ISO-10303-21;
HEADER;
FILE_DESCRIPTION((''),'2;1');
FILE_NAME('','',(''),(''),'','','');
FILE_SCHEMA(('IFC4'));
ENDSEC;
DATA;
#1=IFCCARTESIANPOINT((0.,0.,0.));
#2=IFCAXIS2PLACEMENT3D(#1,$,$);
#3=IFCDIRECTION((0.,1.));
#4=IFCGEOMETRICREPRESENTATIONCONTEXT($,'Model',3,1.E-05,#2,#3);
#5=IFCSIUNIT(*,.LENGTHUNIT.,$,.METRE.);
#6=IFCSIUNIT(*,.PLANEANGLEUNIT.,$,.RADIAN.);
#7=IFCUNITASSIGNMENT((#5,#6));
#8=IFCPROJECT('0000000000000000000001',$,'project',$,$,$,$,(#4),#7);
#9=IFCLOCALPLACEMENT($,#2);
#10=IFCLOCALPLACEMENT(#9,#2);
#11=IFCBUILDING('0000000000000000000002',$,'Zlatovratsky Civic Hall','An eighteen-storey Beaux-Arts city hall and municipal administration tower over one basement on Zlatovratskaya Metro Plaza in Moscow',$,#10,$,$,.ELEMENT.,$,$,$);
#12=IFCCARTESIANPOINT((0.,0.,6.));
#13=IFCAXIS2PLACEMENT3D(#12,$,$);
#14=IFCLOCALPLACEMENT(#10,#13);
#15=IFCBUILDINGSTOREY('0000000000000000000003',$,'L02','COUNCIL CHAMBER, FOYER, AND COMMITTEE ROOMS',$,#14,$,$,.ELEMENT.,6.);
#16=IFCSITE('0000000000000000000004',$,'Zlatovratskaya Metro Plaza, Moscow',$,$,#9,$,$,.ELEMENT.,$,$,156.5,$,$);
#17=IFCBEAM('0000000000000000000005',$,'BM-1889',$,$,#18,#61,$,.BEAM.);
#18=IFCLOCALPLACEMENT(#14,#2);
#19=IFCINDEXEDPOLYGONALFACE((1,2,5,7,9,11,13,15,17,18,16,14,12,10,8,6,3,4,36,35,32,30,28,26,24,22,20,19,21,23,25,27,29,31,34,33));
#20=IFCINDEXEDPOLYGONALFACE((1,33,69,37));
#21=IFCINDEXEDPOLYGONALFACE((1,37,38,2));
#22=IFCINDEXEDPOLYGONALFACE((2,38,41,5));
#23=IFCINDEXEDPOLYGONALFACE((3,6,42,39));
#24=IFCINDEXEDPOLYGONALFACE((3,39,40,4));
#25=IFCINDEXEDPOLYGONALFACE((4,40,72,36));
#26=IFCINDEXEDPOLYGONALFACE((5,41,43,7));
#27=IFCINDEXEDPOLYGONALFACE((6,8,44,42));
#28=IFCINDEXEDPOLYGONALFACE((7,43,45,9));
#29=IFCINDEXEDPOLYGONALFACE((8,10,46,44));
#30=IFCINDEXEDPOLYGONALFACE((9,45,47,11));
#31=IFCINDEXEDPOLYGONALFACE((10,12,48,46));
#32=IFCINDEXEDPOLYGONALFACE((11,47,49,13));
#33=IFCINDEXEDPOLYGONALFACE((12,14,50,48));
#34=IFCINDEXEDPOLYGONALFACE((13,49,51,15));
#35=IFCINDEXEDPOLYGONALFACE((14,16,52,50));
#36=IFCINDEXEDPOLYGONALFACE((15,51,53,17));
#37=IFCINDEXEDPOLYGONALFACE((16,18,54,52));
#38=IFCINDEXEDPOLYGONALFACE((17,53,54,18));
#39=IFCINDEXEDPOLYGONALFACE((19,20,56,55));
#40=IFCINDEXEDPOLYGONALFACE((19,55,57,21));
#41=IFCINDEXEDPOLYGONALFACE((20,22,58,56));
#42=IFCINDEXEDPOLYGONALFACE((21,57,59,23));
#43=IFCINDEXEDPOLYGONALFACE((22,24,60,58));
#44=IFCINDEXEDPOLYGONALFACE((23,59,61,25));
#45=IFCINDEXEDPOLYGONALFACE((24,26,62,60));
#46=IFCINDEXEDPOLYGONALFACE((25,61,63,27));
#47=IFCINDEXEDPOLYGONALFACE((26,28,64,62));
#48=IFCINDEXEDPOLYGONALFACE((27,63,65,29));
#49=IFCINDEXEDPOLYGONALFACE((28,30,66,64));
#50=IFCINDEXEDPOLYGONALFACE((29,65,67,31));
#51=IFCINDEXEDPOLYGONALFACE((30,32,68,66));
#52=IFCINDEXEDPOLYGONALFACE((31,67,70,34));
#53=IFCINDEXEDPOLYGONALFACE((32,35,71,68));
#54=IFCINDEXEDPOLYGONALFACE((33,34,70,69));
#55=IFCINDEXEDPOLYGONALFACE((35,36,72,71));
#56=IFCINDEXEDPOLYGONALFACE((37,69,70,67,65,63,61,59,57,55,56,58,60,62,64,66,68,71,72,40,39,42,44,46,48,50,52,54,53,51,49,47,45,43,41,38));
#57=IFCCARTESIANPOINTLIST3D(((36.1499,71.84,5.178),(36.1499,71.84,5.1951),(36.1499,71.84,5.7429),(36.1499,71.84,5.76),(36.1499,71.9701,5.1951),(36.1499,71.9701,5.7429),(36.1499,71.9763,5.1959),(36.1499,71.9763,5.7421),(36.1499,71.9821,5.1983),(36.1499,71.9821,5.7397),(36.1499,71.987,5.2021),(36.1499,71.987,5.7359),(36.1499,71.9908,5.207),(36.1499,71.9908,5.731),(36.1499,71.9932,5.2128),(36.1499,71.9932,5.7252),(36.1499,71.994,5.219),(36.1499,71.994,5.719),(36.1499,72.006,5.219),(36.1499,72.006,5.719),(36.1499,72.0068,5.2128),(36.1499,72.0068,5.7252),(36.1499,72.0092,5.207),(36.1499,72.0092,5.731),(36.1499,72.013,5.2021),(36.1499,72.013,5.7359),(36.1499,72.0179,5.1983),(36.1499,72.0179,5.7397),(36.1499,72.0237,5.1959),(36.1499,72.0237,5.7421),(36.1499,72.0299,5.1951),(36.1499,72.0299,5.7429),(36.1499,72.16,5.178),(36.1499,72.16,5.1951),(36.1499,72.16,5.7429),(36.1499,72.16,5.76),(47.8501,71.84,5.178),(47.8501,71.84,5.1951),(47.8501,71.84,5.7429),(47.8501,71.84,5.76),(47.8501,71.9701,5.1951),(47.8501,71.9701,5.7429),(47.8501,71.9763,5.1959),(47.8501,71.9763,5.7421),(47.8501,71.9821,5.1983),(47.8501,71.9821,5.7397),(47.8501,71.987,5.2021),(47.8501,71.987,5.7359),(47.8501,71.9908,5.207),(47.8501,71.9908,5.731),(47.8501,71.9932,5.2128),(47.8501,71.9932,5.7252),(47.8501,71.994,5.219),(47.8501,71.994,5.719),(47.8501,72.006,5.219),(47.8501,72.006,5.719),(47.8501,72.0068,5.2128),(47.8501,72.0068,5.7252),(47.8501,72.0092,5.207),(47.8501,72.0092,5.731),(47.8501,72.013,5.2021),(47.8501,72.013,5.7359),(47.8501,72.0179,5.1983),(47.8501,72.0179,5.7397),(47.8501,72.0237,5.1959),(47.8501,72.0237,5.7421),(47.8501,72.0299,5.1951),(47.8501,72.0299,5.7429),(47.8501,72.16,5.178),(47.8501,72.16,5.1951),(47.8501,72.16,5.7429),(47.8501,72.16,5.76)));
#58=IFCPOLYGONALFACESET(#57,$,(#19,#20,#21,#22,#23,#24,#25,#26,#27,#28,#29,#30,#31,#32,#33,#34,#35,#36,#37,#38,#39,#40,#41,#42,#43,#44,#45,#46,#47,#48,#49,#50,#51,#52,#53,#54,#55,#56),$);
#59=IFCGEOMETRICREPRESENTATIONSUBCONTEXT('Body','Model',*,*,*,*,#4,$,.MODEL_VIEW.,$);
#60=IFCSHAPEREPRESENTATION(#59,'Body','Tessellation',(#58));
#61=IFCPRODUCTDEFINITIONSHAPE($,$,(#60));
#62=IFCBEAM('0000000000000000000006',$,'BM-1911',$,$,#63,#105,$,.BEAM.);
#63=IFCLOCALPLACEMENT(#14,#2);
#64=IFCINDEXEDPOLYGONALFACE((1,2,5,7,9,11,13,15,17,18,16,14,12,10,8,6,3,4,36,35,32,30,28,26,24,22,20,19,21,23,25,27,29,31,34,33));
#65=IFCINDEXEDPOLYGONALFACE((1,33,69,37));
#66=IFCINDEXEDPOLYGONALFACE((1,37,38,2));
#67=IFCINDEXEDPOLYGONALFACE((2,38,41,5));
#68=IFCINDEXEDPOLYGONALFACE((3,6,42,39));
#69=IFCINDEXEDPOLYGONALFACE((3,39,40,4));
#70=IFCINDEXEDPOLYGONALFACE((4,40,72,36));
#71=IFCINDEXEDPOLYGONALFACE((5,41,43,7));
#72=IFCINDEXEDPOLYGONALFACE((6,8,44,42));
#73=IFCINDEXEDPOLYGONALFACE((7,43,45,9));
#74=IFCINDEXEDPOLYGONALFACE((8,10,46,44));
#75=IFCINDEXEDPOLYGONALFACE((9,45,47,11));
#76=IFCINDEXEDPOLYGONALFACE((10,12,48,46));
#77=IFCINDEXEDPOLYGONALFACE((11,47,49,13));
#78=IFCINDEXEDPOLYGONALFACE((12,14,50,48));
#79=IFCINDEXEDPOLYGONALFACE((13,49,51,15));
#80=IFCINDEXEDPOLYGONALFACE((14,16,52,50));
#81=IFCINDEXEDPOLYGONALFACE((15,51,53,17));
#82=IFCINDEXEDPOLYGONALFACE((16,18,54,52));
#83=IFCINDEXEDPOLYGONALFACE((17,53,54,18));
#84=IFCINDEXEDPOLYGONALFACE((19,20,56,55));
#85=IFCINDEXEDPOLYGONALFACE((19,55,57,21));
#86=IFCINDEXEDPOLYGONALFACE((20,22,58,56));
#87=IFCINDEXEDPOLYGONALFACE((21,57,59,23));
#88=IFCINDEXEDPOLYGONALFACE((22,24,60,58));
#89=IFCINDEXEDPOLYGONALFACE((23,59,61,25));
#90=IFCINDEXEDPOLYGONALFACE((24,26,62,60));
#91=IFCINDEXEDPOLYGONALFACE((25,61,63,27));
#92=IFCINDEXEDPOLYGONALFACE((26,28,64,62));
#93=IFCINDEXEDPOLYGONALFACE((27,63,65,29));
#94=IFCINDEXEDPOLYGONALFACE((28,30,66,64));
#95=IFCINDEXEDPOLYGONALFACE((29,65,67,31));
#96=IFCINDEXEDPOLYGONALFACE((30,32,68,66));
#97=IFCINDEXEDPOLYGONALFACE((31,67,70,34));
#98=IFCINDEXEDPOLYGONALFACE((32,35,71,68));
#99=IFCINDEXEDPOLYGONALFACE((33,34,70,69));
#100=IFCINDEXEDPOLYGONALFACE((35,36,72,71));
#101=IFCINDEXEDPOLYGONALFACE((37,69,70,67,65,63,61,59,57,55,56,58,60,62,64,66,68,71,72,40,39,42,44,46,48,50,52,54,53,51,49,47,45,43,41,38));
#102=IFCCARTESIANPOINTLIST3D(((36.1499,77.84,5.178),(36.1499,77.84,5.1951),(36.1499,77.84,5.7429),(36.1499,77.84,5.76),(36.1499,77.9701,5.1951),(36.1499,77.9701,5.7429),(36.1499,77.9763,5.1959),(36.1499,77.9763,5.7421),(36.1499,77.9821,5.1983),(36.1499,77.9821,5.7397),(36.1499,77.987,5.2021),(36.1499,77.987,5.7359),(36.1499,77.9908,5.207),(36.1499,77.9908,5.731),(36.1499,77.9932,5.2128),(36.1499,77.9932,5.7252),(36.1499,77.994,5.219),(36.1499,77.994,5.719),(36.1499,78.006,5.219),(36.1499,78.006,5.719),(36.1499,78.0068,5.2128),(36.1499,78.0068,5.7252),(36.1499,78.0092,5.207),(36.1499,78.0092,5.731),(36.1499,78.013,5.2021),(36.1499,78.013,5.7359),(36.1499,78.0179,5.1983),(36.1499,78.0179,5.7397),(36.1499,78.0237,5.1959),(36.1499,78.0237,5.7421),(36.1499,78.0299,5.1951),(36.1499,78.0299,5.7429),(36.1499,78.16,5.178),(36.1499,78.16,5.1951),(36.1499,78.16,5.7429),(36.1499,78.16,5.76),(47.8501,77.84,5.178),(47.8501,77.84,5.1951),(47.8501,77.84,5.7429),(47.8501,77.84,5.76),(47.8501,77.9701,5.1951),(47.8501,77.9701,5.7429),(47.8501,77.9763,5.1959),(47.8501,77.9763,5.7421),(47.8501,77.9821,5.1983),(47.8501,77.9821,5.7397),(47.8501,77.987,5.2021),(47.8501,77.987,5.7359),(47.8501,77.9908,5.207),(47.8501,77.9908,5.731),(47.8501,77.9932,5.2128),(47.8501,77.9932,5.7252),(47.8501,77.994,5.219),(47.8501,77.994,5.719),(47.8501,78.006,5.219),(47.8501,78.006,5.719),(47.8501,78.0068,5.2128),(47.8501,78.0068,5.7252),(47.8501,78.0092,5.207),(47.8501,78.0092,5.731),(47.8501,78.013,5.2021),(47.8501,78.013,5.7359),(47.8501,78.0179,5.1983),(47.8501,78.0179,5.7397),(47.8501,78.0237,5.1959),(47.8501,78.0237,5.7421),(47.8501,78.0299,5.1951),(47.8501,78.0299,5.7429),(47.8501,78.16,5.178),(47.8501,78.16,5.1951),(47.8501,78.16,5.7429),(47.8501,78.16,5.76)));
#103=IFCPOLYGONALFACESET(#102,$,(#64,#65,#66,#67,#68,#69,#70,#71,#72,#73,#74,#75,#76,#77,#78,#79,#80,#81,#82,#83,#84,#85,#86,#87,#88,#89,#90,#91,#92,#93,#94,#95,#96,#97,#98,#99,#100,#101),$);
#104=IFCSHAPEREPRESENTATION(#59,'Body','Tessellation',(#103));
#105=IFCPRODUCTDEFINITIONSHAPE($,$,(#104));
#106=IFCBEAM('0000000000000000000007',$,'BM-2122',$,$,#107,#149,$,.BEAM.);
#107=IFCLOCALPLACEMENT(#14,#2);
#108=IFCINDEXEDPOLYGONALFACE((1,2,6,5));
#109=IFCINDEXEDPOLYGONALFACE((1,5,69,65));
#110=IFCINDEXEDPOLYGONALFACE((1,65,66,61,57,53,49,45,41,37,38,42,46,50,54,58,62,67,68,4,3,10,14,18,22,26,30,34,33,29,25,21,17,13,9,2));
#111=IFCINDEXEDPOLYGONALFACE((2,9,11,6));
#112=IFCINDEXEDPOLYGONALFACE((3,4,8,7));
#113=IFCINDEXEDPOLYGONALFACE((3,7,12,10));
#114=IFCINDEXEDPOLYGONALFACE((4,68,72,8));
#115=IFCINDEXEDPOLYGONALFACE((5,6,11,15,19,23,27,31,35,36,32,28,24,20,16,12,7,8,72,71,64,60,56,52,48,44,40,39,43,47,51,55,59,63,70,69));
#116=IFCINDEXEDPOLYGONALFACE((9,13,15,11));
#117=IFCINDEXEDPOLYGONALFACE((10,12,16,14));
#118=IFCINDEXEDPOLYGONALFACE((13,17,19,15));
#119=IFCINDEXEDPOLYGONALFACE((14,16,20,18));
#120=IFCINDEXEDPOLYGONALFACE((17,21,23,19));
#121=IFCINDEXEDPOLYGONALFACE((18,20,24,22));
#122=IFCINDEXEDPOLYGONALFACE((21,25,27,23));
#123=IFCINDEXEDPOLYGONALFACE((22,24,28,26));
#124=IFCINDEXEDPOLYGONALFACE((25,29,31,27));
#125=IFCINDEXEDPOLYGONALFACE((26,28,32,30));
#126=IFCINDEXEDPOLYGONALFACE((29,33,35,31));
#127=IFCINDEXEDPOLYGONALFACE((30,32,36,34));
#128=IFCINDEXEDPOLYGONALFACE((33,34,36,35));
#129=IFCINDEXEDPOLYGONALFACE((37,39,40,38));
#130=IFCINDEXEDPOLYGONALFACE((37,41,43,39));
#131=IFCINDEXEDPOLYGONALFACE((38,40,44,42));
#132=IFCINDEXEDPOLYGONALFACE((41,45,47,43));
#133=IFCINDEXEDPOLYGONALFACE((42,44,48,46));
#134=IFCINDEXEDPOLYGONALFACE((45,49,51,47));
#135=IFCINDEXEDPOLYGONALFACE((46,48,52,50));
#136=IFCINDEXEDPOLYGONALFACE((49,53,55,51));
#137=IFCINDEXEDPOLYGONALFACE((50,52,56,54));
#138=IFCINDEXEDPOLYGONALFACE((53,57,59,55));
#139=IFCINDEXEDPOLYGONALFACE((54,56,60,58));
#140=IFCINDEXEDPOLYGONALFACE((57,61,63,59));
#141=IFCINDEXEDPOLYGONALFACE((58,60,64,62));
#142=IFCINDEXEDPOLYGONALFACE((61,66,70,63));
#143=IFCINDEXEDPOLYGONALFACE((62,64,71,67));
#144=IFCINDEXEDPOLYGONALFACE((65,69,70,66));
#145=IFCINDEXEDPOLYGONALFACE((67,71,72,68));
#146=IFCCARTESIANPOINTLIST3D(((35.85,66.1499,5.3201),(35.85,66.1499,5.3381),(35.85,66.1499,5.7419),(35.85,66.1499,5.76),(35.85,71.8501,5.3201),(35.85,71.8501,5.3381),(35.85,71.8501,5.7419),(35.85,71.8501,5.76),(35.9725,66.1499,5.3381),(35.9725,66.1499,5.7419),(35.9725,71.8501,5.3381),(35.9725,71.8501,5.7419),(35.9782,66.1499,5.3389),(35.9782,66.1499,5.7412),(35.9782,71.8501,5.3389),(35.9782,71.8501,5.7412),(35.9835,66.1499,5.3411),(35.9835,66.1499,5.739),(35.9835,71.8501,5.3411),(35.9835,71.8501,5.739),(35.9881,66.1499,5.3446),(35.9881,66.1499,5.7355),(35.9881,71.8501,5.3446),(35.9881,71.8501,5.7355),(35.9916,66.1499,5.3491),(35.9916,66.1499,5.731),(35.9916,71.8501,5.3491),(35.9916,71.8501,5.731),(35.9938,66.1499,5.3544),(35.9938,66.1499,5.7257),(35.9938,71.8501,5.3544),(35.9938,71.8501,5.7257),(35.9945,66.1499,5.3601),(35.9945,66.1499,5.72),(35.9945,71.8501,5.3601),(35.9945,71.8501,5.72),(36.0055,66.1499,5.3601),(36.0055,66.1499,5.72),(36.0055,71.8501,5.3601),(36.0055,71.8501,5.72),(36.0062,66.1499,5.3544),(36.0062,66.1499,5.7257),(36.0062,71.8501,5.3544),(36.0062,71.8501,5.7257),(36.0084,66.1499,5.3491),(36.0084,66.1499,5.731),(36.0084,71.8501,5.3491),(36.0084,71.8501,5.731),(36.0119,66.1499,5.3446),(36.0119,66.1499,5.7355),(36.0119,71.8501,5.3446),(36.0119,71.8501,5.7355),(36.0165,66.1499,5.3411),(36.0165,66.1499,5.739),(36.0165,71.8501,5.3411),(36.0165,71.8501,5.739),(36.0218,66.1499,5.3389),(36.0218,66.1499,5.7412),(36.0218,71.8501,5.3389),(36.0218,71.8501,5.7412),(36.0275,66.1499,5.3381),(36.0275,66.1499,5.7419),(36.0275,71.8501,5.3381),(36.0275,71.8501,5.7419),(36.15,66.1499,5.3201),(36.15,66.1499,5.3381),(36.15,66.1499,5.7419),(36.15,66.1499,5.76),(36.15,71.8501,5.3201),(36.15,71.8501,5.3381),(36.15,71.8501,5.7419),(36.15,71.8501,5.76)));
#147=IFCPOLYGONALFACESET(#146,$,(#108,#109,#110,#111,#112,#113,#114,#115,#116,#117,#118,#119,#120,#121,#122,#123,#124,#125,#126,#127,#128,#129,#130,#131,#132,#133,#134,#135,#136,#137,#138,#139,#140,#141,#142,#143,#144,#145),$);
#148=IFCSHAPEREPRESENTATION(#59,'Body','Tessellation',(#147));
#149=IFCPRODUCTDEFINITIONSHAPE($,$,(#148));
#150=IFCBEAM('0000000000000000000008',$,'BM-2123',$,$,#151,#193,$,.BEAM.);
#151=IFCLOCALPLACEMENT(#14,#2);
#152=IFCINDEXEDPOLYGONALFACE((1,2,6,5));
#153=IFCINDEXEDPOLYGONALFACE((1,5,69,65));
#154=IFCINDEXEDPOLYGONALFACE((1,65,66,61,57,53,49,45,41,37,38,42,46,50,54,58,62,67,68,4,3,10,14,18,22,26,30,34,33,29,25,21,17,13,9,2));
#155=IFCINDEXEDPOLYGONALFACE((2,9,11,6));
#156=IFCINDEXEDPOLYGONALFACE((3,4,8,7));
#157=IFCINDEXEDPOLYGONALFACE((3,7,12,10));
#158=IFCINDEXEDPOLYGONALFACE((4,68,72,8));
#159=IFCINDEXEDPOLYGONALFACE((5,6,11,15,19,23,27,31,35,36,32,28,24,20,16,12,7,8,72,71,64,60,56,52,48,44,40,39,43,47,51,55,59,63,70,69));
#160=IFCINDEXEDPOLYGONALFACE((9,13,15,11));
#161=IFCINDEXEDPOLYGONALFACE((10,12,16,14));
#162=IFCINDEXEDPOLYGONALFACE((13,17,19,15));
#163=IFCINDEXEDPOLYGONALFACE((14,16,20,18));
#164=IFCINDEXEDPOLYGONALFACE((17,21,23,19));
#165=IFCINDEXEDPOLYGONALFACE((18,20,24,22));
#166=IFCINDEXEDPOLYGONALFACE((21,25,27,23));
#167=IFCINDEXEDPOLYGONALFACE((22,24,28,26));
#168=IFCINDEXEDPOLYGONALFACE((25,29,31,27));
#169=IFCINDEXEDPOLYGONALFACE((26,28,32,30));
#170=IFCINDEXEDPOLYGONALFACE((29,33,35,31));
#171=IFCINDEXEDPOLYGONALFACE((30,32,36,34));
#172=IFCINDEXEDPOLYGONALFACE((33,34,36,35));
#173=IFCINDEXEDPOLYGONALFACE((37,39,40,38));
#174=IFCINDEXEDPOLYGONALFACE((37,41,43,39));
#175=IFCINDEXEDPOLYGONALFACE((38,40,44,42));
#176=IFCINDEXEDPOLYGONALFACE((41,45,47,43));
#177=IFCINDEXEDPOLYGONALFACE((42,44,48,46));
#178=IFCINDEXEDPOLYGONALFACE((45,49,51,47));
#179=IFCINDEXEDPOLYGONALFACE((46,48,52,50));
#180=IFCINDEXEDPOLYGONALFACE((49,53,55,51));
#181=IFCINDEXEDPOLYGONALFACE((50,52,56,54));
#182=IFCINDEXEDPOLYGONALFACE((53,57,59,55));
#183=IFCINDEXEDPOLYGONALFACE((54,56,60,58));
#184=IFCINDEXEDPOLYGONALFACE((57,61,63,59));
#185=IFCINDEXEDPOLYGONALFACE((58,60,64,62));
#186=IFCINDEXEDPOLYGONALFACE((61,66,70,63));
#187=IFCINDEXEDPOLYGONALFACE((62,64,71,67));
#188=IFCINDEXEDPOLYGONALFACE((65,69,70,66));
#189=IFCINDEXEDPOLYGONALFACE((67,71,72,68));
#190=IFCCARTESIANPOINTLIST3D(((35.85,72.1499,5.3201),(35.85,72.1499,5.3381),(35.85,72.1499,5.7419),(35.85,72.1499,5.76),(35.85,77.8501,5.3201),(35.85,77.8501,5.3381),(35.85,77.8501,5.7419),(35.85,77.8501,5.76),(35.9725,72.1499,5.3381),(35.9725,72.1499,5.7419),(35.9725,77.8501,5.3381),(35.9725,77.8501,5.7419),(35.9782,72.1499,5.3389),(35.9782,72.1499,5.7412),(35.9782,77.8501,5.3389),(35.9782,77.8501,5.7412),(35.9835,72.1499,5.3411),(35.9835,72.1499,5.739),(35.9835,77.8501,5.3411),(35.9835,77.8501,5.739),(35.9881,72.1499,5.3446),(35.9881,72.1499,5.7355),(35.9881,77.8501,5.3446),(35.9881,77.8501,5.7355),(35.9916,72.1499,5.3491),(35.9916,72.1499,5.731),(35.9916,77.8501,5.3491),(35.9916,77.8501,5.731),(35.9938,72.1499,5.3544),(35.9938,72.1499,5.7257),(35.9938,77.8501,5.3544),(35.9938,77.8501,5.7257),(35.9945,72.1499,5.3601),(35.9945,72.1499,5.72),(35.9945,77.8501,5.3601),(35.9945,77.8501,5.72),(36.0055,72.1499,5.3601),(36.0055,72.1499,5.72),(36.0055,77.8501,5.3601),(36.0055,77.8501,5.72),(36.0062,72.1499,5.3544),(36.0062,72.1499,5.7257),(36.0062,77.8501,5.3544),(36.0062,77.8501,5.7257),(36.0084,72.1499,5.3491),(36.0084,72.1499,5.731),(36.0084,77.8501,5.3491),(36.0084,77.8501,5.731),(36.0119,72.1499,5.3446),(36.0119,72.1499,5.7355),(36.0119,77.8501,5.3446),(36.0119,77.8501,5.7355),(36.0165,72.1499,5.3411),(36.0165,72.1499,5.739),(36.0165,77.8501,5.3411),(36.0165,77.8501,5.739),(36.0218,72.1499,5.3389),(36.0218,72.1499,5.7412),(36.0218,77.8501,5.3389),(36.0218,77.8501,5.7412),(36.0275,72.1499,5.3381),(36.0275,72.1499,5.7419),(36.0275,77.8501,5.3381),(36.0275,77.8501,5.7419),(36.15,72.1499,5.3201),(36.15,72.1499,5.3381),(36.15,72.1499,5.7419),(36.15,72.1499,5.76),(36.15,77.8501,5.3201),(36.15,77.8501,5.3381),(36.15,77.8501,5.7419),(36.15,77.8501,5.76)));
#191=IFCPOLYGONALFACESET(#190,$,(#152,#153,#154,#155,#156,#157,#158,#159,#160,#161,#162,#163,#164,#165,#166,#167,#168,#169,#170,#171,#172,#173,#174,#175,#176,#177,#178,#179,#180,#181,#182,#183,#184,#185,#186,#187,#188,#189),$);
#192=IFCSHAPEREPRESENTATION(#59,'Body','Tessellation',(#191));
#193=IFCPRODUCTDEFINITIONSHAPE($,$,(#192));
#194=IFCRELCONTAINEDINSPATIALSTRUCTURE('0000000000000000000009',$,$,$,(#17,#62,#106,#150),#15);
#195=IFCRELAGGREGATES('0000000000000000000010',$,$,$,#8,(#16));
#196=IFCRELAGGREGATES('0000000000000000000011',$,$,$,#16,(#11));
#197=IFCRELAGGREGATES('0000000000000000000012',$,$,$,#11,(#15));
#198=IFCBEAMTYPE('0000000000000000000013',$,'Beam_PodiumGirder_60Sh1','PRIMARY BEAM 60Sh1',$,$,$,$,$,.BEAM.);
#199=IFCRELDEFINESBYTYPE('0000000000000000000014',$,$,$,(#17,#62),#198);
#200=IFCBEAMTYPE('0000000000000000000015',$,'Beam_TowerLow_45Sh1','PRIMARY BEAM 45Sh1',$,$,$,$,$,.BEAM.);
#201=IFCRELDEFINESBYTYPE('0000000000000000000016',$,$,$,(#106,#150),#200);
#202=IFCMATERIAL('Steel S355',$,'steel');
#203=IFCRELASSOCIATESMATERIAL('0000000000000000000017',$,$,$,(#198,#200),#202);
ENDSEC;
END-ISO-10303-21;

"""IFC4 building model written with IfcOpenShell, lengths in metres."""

from ifc_helpers import new_model, si_unit, direction, frame, origin, origin_2d, place, context, subcontext, project, spatial, i_section, extrude, material, material_profile, profile_set, type_object, element, save


model = new_model("IFC4")

# Units and contexts
model_context = context("Model", 3, precision=1e-05, world=origin(), true_north=direction((0.0, 1.0)))
body_context = subcontext(model_context, "Body", "Model", "MODEL_VIEW")
ifc_project = project(units=[si_unit("LENGTHUNIT", "METRE"), si_unit("PLANEANGLEUNIT", "RADIAN")], contexts=[model_context])

# Site, building, storey
site_placement = place(None, origin())
site = spatial("IfcSite", under=ifc_project, at=site_placement, Name="Zlatovratskaya Metro Plaza, Moscow", CompositionType="ELEMENT", RefElevation=156.5)
building_placement = place(site_placement, origin())
building = spatial("IfcBuilding", under=site, at=building_placement, Name="Zlatovratsky Civic Hall", Description="An eighteen-storey Beaux-Arts city hall and municipal administration tower over one basement on Zlatovratskaya Metro Plaza in Moscow", CompositionType="ELEMENT")
storey_placement = place(building_placement, frame((0.0, 0.0, 6.0)))
storey = spatial("IfcBuildingStorey", under=building, at=storey_placement, Name="L02", Description="COUNCIL CHAMBER, FOYER, AND COMMITTEE ROOMS", CompositionType="ELEMENT", Elevation=6.0)

# Shared definitions
ifc_material_1 = material(Name="Steel S355", Category="steel")

# Beams
ifc_material_profile_1 = material_profile(ifc_material_1, i_section(OverallWidth=0.3201, OverallDepth=0.582, WebThickness=0.012, FlangeThickness=0.0171, FilletRadius=0.0239, at=origin_2d()), Name="60Sh1")
ifc_profile_set_1 = profile_set([ifc_material_profile_1], Name="Steel S355")
beam_type_1 = type_object("IfcBeamType", Name="Beam_PodiumGirder_60Sh1", Description="PRIMARY BEAM 60Sh1", PredefinedType="BEAM", material=ifc_profile_set_1)
for number, where, z_axis, x_axis, name in (
    (1, (36.1499, 72.0, 5.469), (1.0, 0.0, 0.0), (0.0, 1.0, 0.0), "BM-1889"),
    (2, (36.1499, 78.0, 5.469), (1.0, 0.0, 0.0), (0.0, 1.0, 0.0), "BM-1911"),
):
    element("IfcBeam", number, at=place(storey_placement, frame(where, z_axis=z_axis, x_axis=x_axis)), inside=storey, type_object=beam_type_1, Name=name, PredefinedType="BEAM", context=body_context, shape_type="SweptSolid", body=[
        extrude(i_section(OverallWidth=0.3201, OverallDepth=0.582, WebThickness=0.012, FlangeThickness=0.0171, FilletRadius=0.0239, at=origin_2d()), origin(), (0.0, 0.0, 1.0), 11.7002),
    ])
ifc_material_profile_2 = material_profile(ifc_material_1, i_section(OverallWidth=0.3, OverallDepth=0.4399, WebThickness=0.011, FlangeThickness=0.0181, FilletRadius=0.022, at=origin_2d()), Name="45Sh1")
ifc_profile_set_2 = profile_set([ifc_material_profile_2], Name="Steel S355")
beam_type_2 = type_object("IfcBeamType", Name="Beam_TowerLow_45Sh1", Description="PRIMARY BEAM 45Sh1", PredefinedType="BEAM", material=ifc_profile_set_2)
for number, where, z_axis, x_axis, name in (
    (3, (36.0, 66.1499, 5.54), (0.0, 1.0, 0.0), (-1.0, 0.0, 0.0), "BM-2122"),
    (4, (36.0, 72.1499, 5.54), (0.0, 1.0, 0.0), (-1.0, 0.0, 0.0), "BM-2123"),
):
    element("IfcBeam", number, at=place(storey_placement, frame(where, z_axis=z_axis, x_axis=x_axis)), inside=storey, type_object=beam_type_2, Name=name, PredefinedType="BEAM", context=body_context, shape_type="SweptSolid", body=[
        extrude(i_section(OverallWidth=0.3, OverallDepth=0.4399, WebThickness=0.011, FlangeThickness=0.0181, FilletRadius=0.022, at=origin_2d()), origin(), (0.0, 0.0, 1.0), 5.7002),
    ])

save(model, "model.ifc")
